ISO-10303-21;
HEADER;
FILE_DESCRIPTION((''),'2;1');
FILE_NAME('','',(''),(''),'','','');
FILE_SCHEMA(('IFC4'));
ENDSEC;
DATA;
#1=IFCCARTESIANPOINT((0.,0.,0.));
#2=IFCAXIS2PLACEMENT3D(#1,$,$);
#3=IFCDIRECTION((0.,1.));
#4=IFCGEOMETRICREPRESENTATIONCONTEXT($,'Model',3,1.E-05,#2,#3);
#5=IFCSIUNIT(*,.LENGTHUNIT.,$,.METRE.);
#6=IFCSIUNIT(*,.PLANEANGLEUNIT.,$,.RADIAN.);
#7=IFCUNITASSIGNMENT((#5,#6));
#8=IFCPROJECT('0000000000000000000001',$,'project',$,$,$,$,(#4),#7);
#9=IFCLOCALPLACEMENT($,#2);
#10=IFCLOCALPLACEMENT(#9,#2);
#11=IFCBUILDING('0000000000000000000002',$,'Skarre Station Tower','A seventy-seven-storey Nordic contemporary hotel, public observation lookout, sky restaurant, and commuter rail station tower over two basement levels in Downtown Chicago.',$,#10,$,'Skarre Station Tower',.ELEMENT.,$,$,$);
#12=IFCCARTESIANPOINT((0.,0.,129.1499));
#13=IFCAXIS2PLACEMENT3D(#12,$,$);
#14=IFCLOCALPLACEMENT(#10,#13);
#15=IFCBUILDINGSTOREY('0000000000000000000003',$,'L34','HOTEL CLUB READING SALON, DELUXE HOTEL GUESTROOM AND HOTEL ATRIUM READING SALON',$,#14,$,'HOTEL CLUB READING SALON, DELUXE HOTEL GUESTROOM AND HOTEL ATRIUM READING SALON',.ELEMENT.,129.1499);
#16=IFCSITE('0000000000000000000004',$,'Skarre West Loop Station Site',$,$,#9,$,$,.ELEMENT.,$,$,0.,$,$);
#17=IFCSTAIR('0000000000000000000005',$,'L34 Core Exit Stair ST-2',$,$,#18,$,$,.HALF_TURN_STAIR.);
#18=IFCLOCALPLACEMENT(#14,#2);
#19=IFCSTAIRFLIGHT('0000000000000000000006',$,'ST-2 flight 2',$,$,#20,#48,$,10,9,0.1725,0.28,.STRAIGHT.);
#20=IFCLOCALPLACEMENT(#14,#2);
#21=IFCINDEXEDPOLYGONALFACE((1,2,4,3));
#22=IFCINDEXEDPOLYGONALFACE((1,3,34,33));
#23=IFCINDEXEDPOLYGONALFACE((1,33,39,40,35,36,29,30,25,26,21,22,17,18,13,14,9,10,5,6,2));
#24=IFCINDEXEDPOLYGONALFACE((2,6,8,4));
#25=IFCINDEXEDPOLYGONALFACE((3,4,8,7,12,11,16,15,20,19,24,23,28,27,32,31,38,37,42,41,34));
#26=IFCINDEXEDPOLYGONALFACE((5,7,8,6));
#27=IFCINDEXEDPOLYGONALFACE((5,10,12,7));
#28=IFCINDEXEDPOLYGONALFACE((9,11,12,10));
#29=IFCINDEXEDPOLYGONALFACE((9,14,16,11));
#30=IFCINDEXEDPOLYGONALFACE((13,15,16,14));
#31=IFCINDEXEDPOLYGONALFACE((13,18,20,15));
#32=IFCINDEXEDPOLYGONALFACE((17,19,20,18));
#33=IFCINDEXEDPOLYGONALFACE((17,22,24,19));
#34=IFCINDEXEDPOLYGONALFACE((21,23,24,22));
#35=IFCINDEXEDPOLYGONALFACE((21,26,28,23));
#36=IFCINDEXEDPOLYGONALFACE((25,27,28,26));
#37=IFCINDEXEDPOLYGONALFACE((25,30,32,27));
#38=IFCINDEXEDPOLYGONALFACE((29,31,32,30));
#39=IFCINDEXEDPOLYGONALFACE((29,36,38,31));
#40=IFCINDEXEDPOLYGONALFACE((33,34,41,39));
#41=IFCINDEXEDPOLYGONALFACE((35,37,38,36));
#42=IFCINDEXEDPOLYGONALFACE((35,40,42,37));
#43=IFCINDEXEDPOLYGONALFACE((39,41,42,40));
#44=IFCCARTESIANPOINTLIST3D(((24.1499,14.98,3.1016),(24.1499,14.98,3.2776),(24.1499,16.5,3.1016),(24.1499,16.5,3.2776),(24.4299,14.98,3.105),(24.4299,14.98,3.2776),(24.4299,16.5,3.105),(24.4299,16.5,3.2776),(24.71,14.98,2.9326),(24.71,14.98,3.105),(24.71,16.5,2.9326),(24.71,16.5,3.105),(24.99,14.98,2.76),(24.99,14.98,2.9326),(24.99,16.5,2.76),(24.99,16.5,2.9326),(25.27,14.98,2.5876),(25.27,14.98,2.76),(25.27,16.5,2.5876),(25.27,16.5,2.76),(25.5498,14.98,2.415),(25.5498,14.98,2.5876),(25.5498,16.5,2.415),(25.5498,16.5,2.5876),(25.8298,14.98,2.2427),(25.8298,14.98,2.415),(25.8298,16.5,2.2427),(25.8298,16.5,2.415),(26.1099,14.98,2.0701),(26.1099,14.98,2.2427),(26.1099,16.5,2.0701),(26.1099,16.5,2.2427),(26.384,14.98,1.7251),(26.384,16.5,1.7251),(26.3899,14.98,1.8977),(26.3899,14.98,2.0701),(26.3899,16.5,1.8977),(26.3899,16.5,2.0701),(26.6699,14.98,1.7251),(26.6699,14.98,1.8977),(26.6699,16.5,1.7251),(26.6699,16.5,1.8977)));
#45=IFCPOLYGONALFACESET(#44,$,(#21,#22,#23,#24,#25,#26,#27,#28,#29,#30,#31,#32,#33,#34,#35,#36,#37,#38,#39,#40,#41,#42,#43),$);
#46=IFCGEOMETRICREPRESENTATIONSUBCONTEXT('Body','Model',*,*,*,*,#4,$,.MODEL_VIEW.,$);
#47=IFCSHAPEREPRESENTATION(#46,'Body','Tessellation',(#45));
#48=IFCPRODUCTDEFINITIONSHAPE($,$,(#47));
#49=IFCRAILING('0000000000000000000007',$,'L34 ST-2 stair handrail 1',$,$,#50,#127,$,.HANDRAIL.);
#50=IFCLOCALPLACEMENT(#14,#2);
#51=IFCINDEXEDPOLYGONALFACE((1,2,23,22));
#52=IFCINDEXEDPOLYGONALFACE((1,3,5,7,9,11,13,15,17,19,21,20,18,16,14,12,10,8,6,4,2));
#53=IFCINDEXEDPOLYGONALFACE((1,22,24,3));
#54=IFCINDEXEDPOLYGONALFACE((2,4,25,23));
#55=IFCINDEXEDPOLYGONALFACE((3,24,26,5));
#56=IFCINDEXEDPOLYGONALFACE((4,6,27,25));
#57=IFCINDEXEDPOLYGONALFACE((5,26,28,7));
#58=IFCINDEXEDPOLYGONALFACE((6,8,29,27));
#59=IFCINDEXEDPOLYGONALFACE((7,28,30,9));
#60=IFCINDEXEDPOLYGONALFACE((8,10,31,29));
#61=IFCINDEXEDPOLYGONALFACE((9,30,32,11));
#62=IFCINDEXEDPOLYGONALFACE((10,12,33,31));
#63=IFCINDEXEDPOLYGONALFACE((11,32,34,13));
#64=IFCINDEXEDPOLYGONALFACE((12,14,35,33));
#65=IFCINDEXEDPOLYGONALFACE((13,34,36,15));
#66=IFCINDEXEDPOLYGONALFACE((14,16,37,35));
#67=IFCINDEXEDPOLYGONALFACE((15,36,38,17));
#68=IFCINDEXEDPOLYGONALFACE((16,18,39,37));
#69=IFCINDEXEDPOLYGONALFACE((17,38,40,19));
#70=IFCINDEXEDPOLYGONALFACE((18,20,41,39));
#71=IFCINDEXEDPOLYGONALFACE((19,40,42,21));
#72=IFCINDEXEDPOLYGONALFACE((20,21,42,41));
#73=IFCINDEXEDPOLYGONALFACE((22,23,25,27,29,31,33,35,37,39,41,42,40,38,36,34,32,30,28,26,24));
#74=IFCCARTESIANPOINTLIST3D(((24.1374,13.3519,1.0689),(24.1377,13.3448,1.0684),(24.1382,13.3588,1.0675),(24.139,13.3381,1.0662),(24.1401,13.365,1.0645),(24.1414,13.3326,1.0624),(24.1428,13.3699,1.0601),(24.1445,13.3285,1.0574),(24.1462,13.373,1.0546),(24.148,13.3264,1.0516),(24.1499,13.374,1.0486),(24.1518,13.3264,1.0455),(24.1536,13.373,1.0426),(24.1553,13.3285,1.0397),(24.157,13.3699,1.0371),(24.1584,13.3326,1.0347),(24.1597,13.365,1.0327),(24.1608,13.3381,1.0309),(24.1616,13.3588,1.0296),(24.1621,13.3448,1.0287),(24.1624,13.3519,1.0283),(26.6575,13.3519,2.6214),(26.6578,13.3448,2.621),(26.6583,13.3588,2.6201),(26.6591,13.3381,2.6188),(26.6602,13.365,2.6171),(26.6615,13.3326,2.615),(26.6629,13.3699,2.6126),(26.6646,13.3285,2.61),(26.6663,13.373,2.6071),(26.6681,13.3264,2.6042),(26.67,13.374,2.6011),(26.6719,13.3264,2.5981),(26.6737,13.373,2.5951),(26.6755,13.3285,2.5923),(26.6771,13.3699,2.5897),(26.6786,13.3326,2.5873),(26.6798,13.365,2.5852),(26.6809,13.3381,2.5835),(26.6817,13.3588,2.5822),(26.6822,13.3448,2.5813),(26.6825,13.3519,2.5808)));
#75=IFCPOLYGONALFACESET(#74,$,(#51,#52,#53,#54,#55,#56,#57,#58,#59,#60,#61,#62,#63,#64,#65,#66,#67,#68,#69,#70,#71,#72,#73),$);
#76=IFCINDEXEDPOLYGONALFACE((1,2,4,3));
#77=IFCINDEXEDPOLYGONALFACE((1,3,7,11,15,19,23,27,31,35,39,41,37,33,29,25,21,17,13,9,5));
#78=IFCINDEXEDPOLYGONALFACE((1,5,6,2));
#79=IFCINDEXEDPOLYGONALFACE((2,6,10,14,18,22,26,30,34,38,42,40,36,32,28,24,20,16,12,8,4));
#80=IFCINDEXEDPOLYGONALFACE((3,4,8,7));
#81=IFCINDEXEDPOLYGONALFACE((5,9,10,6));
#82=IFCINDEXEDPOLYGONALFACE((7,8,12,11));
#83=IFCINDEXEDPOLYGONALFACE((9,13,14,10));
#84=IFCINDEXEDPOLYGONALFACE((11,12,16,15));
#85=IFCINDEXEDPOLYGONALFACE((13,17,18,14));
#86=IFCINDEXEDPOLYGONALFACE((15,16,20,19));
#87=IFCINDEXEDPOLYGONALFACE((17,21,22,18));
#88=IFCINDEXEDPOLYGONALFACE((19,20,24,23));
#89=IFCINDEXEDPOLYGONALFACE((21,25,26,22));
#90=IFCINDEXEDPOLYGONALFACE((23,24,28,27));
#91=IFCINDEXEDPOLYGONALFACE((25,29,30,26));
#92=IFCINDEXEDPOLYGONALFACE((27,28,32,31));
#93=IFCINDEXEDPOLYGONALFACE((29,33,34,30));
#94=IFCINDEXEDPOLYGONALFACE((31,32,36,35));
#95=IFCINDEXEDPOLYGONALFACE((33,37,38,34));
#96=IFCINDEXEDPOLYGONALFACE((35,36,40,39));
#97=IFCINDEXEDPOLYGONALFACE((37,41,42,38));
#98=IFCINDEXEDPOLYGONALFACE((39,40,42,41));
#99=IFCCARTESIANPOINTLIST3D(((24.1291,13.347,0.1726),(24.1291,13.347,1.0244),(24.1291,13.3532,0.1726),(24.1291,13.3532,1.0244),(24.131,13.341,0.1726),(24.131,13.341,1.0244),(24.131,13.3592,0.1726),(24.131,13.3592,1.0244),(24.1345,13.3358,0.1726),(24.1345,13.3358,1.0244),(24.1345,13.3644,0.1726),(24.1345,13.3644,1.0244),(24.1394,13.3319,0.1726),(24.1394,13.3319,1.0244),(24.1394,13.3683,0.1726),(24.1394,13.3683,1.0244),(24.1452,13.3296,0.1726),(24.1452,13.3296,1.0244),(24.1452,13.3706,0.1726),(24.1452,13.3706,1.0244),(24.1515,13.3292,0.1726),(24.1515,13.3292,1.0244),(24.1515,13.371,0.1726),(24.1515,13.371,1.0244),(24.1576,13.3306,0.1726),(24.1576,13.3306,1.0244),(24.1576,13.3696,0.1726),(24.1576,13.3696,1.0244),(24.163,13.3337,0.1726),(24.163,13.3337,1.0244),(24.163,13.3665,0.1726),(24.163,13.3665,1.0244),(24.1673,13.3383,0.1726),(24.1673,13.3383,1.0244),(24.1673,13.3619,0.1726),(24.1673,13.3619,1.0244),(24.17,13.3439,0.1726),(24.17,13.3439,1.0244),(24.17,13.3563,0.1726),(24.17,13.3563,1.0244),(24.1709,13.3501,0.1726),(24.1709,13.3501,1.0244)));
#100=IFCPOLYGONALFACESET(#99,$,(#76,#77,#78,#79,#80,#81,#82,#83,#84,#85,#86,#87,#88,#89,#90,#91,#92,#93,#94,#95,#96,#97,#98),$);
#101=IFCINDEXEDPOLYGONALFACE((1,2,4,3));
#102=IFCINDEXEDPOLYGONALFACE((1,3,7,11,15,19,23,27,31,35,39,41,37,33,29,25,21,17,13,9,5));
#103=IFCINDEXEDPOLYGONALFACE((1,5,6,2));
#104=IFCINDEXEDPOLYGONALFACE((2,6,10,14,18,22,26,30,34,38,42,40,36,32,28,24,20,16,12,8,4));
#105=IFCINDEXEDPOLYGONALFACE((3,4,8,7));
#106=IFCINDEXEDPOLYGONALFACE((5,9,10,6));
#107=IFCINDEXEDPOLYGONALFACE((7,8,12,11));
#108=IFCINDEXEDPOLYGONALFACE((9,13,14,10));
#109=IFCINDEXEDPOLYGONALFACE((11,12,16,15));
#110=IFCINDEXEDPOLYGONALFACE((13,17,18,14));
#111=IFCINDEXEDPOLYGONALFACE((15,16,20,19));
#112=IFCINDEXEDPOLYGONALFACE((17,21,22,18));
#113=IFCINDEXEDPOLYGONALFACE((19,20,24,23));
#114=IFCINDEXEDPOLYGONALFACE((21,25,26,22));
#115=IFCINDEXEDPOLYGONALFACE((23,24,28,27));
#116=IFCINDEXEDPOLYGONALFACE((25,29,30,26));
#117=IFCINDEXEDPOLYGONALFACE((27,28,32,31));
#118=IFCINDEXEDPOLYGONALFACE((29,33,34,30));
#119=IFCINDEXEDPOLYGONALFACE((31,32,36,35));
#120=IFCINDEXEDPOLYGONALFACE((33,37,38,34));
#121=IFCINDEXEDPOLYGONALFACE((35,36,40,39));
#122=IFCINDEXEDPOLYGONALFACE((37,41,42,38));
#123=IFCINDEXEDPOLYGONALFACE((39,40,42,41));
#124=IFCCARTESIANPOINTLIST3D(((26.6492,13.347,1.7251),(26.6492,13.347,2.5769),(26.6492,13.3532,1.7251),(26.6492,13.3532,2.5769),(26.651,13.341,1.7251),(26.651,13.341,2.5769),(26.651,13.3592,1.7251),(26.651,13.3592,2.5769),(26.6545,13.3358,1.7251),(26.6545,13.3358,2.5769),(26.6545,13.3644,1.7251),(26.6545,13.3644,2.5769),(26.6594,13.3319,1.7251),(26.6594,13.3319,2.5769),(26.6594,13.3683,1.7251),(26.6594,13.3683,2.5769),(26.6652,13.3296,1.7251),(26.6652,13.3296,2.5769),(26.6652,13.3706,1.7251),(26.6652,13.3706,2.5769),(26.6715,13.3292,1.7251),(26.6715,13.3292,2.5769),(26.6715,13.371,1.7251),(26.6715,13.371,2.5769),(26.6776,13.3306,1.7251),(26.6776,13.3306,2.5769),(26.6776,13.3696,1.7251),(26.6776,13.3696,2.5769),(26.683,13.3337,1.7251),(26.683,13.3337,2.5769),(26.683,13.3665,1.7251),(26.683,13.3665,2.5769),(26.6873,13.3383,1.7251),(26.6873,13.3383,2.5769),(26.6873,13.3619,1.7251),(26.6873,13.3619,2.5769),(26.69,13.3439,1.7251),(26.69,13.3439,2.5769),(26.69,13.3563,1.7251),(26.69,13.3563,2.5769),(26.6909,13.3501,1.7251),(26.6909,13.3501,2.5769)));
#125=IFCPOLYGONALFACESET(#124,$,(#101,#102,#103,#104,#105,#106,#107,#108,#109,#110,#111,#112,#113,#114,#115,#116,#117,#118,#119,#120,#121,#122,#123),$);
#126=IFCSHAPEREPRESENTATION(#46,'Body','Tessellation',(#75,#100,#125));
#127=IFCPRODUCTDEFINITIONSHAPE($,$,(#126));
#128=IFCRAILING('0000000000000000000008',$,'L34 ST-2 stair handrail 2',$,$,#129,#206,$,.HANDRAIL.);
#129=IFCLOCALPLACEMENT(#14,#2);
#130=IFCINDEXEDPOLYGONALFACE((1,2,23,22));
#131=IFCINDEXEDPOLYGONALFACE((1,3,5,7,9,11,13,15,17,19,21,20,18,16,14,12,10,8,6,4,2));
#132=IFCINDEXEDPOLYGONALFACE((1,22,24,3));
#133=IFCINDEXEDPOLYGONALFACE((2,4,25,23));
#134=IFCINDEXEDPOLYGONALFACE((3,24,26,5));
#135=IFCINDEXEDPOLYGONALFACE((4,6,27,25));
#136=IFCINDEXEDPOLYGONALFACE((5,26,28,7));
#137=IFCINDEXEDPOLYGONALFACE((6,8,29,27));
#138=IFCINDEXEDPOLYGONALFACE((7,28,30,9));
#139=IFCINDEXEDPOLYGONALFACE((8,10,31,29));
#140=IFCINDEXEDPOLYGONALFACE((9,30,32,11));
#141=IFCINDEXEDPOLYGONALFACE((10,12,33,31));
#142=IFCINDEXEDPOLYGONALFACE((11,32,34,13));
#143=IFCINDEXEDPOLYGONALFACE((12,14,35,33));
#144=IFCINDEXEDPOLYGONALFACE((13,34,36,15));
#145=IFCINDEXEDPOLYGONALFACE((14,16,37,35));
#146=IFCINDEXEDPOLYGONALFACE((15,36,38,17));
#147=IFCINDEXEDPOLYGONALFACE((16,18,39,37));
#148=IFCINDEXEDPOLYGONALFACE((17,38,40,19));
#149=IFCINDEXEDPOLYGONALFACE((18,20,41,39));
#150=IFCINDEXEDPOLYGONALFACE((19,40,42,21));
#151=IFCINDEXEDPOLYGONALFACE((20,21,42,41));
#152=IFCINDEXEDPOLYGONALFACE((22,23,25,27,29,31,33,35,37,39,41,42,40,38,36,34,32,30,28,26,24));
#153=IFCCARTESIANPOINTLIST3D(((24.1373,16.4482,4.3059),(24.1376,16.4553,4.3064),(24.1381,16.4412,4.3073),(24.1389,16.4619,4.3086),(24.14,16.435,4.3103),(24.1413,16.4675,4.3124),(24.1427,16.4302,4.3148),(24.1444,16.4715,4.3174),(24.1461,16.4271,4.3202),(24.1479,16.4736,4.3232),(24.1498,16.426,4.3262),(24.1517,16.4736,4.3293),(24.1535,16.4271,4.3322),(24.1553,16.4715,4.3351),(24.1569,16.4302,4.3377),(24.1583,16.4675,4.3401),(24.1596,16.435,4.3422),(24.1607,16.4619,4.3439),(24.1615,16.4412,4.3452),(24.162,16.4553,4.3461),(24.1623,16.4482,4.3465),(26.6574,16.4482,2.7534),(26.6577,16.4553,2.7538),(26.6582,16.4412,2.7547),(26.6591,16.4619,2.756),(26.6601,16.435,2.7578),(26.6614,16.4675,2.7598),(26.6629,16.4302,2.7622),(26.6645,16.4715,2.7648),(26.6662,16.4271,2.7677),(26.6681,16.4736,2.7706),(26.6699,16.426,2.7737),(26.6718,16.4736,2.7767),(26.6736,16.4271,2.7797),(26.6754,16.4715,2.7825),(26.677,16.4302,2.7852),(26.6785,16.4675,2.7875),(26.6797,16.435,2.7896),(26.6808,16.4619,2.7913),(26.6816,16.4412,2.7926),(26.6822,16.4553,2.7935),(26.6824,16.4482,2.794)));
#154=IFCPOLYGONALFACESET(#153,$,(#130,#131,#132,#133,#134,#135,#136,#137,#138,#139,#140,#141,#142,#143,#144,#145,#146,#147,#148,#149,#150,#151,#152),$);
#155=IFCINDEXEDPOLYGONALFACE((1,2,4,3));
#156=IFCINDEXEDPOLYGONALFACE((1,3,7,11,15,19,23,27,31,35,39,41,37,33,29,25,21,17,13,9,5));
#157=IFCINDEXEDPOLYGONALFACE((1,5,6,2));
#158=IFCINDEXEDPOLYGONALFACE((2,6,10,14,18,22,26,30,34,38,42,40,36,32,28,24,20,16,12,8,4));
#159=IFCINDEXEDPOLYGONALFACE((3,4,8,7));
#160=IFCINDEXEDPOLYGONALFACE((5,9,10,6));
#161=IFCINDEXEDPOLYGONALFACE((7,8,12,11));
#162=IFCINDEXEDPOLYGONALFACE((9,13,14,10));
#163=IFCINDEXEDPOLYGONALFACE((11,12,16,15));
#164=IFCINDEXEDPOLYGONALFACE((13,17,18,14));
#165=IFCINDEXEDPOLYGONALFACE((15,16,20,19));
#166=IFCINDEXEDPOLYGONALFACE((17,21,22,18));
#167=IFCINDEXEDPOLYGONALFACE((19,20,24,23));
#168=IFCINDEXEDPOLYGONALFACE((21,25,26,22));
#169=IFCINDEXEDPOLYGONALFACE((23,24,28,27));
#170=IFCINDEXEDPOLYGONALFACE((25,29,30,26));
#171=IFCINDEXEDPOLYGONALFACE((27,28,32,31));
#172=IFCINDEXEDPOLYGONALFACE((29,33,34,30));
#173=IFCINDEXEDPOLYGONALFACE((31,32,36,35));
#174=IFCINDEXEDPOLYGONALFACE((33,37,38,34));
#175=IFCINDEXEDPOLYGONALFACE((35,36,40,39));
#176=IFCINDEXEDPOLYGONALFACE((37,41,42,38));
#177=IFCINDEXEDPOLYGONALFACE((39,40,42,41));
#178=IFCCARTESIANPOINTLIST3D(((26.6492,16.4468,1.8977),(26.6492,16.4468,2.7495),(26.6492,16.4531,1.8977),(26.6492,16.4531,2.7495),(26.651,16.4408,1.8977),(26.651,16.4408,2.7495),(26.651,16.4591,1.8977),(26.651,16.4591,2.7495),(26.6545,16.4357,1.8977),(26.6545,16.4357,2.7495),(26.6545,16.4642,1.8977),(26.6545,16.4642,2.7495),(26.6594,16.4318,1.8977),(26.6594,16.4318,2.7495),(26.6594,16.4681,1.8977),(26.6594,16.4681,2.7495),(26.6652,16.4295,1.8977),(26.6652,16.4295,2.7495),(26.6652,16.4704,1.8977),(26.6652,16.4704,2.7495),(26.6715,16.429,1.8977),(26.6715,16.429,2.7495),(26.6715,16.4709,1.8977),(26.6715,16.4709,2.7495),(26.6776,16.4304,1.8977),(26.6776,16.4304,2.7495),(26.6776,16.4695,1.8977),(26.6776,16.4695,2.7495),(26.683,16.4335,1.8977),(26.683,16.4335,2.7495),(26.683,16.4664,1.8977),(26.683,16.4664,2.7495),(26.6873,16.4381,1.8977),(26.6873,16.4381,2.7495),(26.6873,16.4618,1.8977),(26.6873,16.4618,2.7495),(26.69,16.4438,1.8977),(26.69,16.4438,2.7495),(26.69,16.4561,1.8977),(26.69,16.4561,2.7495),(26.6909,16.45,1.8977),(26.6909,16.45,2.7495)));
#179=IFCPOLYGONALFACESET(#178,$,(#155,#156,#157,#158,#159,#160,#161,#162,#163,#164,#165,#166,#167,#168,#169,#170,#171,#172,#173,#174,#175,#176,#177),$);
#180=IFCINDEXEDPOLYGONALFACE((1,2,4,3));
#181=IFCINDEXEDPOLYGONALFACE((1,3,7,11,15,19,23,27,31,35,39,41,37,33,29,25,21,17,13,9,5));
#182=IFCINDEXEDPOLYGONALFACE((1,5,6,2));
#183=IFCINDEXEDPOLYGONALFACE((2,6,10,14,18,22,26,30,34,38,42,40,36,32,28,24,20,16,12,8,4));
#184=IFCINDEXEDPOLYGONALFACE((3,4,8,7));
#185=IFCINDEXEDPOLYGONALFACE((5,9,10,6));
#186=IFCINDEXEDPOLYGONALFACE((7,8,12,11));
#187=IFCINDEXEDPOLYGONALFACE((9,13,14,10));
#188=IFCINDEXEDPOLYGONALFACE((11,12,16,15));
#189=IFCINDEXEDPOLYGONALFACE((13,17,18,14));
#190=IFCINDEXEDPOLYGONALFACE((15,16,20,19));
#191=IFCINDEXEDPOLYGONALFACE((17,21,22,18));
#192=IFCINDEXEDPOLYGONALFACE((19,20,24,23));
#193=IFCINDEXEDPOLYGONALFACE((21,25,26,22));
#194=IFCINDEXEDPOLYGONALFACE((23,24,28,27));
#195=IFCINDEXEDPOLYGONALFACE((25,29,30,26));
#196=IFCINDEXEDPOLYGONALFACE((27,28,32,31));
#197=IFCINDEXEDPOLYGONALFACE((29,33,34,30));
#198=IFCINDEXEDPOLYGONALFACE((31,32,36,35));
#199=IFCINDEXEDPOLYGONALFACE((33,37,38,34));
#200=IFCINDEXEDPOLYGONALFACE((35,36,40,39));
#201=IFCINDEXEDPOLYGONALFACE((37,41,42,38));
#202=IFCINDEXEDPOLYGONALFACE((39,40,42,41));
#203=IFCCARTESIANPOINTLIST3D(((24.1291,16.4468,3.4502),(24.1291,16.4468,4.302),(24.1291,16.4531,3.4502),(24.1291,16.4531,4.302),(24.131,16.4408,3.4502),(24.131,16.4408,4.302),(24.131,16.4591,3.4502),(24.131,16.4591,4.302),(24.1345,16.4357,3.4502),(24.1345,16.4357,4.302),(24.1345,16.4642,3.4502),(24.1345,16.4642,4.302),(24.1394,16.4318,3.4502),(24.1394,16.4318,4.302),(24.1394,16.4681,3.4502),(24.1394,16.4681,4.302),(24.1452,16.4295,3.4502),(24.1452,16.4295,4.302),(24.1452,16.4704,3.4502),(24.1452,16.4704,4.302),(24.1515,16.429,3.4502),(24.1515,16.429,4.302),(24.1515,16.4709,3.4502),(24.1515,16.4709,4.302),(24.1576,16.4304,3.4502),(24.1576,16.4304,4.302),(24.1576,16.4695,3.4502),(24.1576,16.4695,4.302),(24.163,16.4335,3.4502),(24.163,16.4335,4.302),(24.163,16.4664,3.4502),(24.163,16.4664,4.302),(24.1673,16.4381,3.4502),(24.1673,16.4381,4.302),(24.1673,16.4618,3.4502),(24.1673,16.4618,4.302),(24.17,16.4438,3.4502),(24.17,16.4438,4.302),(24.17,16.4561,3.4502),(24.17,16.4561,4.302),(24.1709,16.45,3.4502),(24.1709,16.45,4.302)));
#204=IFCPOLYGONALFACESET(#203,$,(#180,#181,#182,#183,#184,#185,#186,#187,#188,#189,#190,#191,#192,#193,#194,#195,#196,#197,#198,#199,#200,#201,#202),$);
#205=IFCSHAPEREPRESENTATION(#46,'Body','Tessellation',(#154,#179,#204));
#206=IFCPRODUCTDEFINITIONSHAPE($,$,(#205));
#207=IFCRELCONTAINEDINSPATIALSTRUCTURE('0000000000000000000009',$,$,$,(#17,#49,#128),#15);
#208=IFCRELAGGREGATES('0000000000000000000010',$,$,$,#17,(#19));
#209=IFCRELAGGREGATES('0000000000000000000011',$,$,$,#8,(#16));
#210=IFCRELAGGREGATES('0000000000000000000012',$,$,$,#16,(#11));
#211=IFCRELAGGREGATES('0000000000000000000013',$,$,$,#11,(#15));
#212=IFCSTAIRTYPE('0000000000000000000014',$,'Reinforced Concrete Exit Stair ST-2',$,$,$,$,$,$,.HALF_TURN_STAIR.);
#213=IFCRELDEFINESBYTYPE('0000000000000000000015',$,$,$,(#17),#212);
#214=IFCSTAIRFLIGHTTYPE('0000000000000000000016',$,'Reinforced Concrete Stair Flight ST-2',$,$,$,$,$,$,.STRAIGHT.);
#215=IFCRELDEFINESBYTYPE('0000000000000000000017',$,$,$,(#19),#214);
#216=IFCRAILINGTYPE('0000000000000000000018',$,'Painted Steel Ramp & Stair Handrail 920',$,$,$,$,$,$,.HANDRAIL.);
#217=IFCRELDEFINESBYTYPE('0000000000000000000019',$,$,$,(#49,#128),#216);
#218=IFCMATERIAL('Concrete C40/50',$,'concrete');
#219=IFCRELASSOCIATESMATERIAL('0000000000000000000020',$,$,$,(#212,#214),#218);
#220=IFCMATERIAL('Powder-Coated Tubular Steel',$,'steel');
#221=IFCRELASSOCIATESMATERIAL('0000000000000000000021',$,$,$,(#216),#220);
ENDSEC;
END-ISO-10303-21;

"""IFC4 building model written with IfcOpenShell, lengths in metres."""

from ifc_helpers import new_model, si_unit, direction, frame, origin, origin_2d, place, context, subcontext, project, spatial, polyline, circle, outline, extrude, material, type_object, element, aggregate, save


model = new_model("IFC4")

# Units and contexts
model_context = context("Model", 3, precision=1e-05, world=origin(), true_north=direction((0.0, 1.0)))
body_context = subcontext(model_context, "Body", "Model", "MODEL_VIEW")
ifc_project = project(units=[si_unit("LENGTHUNIT", "METRE"), si_unit("PLANEANGLEUNIT", "RADIAN")], contexts=[model_context])

# Site, building, storey
site_placement = place(None, origin())
site = spatial("IfcSite", under=ifc_project, at=site_placement, Name="Skarre West Loop Station Site", CompositionType="ELEMENT", RefElevation=0.0)
building_placement = place(site_placement, origin())
building = spatial("IfcBuilding", under=site, at=building_placement, Name="Skarre Station Tower", Description="A seventy-seven-storey Nordic contemporary hotel, public observation lookout, sky restaurant, and commuter rail station tower over two basement levels in Downtown Chicago.", LongName="Skarre Station Tower", CompositionType="ELEMENT")
storey_placement = place(building_placement, frame((0.0, 0.0, 129.1499)))
storey = spatial("IfcBuildingStorey", under=building, at=storey_placement, Name="L34", Description="HOTEL CLUB READING SALON, DELUXE HOTEL GUESTROOM AND HOTEL ATRIUM READING SALON", LongName="HOTEL CLUB READING SALON, DELUXE HOTEL GUESTROOM AND HOTEL ATRIUM READING SALON", CompositionType="ELEMENT", Elevation=129.1499)

# Stair, stair flight
ifc_material_1 = material(Name="Concrete C40/50", Category="concrete")
stair_type = type_object("IfcStairType", Name="Reinforced Concrete Exit Stair ST-2", PredefinedType="HALF_TURN_STAIR", material=ifc_material_1)
stair_placement = place(storey_placement, origin())
stair = element("IfcStair", 1, at=stair_placement, inside=storey, type_object=stair_type, Name="L34 Core Exit Stair ST-2", PredefinedType="HALF_TURN_STAIR")
stair_flight_type = type_object("IfcStairFlightType", Name="Reinforced Concrete Stair Flight ST-2", PredefinedType="STRAIGHT", material=ifc_material_1)
stair_flight_1_placement = place(storey_placement, frame((26.6699, 15.74, 1.7251), z_axis=(0.0, 0.0, 1.0), x_axis=(-1.0, 0.0, 0.0)))
stair_flight_1 = element("IfcStairFlight", 2, at=stair_flight_1_placement, type_object=stair_flight_type, Name="ST-2 flight 2", NumberOfRisers=10, NumberOfTreads=9, PredefinedType="STRAIGHT", RiserHeight=0.1725, TreadLength=0.28, context=body_context, shape_type="SweptSolid", body=[
    extrude(outline(polyline([(0.0, 0.0), (0.0, 0.1726), (0.28, 0.1726), (0.28, 0.345), (0.5601, 0.345), (0.5601, 0.5176), (0.8401, 0.5176), (0.8401, 0.6899), (1.1201, 0.6899), (1.1201, 0.8625), (1.3999, 0.8625), (1.3999, 1.0349), (1.6799, 1.0349), (1.6799, 1.2075), (1.96, 1.2075), (1.96, 1.3799), (2.24, 1.3799), (2.24, 1.5525), (2.52, 1.5525), (2.52, 1.7251), (2.52, 1.3765), (0.2859, 0.0), (0.0, 0.0)])), frame((0.0, 0.76, 0.0), z_axis=(0.0, -1.0, 0.0), x_axis=(1.0, 0.0, 0.0)), (0.0, 0.0, 1.0), 1.52),
])
aggregate(stair, [stair_flight_1])

# Railings
ifc_material_2 = material(Name="Powder-Coated Tubular Steel", Category="steel")
railing_type_1 = type_object("IfcRailingType", Name="Painted Steel Ramp & Stair Handrail 920", PredefinedType="HANDRAIL", material=ifc_material_2)
railing_1_placement = place(storey_placement, frame((24.1499, 13.3501, 0.1726)))
element("IfcRailing", 3, at=railing_1_placement, inside=storey, type_object=railing_type_1, Name="L34 ST-2 stair handrail 1", PredefinedType="HANDRAIL", context=body_context, shape_type="SweptSolid", body=[
    extrude(circle(Radius=0.0239, at=origin_2d()), frame((0.0, 0.0, 0.876), z_axis=(0.8514, 0.0, 0.524516), x_axis=(0.0, 1.0, 0.0)), (0.0, 0.0, 1.0), 2.96),
    extrude(circle(Radius=0.021, at=origin_2d()), origin(), (0.0, 0.0, 1.0), 0.8518),
    extrude(circle(Radius=0.021, at=origin_2d()), frame((2.52, 0.0, 1.5525)), (0.0, 0.0, 1.0), 0.8518),
])
railing_2_placement = place(storey_placement, frame((26.6699, 16.45, 1.8977)))
element("IfcRailing", 4, at=railing_2_placement, inside=storey, type_object=railing_type_1, Name="L34 ST-2 stair handrail 2", PredefinedType="HANDRAIL", context=body_context, shape_type="SweptSolid", body=[
    extrude(circle(Radius=0.0239, at=origin_2d()), frame((0.0, 0.0, 0.876), z_axis=(-0.8514, 0.0, 0.524516), x_axis=(0.0, -1.0, 0.0)), (0.0, 0.0, 1.0), 2.96),
    extrude(circle(Radius=0.021, at=origin_2d()), origin(), (0.0, 0.0, 1.0), 0.8518),
    extrude(circle(Radius=0.021, at=origin_2d()), frame((-2.52, 0.0, 1.5525)), (0.0, 0.0, 1.0), 0.8518),
])

save(model, "model.ifc")
